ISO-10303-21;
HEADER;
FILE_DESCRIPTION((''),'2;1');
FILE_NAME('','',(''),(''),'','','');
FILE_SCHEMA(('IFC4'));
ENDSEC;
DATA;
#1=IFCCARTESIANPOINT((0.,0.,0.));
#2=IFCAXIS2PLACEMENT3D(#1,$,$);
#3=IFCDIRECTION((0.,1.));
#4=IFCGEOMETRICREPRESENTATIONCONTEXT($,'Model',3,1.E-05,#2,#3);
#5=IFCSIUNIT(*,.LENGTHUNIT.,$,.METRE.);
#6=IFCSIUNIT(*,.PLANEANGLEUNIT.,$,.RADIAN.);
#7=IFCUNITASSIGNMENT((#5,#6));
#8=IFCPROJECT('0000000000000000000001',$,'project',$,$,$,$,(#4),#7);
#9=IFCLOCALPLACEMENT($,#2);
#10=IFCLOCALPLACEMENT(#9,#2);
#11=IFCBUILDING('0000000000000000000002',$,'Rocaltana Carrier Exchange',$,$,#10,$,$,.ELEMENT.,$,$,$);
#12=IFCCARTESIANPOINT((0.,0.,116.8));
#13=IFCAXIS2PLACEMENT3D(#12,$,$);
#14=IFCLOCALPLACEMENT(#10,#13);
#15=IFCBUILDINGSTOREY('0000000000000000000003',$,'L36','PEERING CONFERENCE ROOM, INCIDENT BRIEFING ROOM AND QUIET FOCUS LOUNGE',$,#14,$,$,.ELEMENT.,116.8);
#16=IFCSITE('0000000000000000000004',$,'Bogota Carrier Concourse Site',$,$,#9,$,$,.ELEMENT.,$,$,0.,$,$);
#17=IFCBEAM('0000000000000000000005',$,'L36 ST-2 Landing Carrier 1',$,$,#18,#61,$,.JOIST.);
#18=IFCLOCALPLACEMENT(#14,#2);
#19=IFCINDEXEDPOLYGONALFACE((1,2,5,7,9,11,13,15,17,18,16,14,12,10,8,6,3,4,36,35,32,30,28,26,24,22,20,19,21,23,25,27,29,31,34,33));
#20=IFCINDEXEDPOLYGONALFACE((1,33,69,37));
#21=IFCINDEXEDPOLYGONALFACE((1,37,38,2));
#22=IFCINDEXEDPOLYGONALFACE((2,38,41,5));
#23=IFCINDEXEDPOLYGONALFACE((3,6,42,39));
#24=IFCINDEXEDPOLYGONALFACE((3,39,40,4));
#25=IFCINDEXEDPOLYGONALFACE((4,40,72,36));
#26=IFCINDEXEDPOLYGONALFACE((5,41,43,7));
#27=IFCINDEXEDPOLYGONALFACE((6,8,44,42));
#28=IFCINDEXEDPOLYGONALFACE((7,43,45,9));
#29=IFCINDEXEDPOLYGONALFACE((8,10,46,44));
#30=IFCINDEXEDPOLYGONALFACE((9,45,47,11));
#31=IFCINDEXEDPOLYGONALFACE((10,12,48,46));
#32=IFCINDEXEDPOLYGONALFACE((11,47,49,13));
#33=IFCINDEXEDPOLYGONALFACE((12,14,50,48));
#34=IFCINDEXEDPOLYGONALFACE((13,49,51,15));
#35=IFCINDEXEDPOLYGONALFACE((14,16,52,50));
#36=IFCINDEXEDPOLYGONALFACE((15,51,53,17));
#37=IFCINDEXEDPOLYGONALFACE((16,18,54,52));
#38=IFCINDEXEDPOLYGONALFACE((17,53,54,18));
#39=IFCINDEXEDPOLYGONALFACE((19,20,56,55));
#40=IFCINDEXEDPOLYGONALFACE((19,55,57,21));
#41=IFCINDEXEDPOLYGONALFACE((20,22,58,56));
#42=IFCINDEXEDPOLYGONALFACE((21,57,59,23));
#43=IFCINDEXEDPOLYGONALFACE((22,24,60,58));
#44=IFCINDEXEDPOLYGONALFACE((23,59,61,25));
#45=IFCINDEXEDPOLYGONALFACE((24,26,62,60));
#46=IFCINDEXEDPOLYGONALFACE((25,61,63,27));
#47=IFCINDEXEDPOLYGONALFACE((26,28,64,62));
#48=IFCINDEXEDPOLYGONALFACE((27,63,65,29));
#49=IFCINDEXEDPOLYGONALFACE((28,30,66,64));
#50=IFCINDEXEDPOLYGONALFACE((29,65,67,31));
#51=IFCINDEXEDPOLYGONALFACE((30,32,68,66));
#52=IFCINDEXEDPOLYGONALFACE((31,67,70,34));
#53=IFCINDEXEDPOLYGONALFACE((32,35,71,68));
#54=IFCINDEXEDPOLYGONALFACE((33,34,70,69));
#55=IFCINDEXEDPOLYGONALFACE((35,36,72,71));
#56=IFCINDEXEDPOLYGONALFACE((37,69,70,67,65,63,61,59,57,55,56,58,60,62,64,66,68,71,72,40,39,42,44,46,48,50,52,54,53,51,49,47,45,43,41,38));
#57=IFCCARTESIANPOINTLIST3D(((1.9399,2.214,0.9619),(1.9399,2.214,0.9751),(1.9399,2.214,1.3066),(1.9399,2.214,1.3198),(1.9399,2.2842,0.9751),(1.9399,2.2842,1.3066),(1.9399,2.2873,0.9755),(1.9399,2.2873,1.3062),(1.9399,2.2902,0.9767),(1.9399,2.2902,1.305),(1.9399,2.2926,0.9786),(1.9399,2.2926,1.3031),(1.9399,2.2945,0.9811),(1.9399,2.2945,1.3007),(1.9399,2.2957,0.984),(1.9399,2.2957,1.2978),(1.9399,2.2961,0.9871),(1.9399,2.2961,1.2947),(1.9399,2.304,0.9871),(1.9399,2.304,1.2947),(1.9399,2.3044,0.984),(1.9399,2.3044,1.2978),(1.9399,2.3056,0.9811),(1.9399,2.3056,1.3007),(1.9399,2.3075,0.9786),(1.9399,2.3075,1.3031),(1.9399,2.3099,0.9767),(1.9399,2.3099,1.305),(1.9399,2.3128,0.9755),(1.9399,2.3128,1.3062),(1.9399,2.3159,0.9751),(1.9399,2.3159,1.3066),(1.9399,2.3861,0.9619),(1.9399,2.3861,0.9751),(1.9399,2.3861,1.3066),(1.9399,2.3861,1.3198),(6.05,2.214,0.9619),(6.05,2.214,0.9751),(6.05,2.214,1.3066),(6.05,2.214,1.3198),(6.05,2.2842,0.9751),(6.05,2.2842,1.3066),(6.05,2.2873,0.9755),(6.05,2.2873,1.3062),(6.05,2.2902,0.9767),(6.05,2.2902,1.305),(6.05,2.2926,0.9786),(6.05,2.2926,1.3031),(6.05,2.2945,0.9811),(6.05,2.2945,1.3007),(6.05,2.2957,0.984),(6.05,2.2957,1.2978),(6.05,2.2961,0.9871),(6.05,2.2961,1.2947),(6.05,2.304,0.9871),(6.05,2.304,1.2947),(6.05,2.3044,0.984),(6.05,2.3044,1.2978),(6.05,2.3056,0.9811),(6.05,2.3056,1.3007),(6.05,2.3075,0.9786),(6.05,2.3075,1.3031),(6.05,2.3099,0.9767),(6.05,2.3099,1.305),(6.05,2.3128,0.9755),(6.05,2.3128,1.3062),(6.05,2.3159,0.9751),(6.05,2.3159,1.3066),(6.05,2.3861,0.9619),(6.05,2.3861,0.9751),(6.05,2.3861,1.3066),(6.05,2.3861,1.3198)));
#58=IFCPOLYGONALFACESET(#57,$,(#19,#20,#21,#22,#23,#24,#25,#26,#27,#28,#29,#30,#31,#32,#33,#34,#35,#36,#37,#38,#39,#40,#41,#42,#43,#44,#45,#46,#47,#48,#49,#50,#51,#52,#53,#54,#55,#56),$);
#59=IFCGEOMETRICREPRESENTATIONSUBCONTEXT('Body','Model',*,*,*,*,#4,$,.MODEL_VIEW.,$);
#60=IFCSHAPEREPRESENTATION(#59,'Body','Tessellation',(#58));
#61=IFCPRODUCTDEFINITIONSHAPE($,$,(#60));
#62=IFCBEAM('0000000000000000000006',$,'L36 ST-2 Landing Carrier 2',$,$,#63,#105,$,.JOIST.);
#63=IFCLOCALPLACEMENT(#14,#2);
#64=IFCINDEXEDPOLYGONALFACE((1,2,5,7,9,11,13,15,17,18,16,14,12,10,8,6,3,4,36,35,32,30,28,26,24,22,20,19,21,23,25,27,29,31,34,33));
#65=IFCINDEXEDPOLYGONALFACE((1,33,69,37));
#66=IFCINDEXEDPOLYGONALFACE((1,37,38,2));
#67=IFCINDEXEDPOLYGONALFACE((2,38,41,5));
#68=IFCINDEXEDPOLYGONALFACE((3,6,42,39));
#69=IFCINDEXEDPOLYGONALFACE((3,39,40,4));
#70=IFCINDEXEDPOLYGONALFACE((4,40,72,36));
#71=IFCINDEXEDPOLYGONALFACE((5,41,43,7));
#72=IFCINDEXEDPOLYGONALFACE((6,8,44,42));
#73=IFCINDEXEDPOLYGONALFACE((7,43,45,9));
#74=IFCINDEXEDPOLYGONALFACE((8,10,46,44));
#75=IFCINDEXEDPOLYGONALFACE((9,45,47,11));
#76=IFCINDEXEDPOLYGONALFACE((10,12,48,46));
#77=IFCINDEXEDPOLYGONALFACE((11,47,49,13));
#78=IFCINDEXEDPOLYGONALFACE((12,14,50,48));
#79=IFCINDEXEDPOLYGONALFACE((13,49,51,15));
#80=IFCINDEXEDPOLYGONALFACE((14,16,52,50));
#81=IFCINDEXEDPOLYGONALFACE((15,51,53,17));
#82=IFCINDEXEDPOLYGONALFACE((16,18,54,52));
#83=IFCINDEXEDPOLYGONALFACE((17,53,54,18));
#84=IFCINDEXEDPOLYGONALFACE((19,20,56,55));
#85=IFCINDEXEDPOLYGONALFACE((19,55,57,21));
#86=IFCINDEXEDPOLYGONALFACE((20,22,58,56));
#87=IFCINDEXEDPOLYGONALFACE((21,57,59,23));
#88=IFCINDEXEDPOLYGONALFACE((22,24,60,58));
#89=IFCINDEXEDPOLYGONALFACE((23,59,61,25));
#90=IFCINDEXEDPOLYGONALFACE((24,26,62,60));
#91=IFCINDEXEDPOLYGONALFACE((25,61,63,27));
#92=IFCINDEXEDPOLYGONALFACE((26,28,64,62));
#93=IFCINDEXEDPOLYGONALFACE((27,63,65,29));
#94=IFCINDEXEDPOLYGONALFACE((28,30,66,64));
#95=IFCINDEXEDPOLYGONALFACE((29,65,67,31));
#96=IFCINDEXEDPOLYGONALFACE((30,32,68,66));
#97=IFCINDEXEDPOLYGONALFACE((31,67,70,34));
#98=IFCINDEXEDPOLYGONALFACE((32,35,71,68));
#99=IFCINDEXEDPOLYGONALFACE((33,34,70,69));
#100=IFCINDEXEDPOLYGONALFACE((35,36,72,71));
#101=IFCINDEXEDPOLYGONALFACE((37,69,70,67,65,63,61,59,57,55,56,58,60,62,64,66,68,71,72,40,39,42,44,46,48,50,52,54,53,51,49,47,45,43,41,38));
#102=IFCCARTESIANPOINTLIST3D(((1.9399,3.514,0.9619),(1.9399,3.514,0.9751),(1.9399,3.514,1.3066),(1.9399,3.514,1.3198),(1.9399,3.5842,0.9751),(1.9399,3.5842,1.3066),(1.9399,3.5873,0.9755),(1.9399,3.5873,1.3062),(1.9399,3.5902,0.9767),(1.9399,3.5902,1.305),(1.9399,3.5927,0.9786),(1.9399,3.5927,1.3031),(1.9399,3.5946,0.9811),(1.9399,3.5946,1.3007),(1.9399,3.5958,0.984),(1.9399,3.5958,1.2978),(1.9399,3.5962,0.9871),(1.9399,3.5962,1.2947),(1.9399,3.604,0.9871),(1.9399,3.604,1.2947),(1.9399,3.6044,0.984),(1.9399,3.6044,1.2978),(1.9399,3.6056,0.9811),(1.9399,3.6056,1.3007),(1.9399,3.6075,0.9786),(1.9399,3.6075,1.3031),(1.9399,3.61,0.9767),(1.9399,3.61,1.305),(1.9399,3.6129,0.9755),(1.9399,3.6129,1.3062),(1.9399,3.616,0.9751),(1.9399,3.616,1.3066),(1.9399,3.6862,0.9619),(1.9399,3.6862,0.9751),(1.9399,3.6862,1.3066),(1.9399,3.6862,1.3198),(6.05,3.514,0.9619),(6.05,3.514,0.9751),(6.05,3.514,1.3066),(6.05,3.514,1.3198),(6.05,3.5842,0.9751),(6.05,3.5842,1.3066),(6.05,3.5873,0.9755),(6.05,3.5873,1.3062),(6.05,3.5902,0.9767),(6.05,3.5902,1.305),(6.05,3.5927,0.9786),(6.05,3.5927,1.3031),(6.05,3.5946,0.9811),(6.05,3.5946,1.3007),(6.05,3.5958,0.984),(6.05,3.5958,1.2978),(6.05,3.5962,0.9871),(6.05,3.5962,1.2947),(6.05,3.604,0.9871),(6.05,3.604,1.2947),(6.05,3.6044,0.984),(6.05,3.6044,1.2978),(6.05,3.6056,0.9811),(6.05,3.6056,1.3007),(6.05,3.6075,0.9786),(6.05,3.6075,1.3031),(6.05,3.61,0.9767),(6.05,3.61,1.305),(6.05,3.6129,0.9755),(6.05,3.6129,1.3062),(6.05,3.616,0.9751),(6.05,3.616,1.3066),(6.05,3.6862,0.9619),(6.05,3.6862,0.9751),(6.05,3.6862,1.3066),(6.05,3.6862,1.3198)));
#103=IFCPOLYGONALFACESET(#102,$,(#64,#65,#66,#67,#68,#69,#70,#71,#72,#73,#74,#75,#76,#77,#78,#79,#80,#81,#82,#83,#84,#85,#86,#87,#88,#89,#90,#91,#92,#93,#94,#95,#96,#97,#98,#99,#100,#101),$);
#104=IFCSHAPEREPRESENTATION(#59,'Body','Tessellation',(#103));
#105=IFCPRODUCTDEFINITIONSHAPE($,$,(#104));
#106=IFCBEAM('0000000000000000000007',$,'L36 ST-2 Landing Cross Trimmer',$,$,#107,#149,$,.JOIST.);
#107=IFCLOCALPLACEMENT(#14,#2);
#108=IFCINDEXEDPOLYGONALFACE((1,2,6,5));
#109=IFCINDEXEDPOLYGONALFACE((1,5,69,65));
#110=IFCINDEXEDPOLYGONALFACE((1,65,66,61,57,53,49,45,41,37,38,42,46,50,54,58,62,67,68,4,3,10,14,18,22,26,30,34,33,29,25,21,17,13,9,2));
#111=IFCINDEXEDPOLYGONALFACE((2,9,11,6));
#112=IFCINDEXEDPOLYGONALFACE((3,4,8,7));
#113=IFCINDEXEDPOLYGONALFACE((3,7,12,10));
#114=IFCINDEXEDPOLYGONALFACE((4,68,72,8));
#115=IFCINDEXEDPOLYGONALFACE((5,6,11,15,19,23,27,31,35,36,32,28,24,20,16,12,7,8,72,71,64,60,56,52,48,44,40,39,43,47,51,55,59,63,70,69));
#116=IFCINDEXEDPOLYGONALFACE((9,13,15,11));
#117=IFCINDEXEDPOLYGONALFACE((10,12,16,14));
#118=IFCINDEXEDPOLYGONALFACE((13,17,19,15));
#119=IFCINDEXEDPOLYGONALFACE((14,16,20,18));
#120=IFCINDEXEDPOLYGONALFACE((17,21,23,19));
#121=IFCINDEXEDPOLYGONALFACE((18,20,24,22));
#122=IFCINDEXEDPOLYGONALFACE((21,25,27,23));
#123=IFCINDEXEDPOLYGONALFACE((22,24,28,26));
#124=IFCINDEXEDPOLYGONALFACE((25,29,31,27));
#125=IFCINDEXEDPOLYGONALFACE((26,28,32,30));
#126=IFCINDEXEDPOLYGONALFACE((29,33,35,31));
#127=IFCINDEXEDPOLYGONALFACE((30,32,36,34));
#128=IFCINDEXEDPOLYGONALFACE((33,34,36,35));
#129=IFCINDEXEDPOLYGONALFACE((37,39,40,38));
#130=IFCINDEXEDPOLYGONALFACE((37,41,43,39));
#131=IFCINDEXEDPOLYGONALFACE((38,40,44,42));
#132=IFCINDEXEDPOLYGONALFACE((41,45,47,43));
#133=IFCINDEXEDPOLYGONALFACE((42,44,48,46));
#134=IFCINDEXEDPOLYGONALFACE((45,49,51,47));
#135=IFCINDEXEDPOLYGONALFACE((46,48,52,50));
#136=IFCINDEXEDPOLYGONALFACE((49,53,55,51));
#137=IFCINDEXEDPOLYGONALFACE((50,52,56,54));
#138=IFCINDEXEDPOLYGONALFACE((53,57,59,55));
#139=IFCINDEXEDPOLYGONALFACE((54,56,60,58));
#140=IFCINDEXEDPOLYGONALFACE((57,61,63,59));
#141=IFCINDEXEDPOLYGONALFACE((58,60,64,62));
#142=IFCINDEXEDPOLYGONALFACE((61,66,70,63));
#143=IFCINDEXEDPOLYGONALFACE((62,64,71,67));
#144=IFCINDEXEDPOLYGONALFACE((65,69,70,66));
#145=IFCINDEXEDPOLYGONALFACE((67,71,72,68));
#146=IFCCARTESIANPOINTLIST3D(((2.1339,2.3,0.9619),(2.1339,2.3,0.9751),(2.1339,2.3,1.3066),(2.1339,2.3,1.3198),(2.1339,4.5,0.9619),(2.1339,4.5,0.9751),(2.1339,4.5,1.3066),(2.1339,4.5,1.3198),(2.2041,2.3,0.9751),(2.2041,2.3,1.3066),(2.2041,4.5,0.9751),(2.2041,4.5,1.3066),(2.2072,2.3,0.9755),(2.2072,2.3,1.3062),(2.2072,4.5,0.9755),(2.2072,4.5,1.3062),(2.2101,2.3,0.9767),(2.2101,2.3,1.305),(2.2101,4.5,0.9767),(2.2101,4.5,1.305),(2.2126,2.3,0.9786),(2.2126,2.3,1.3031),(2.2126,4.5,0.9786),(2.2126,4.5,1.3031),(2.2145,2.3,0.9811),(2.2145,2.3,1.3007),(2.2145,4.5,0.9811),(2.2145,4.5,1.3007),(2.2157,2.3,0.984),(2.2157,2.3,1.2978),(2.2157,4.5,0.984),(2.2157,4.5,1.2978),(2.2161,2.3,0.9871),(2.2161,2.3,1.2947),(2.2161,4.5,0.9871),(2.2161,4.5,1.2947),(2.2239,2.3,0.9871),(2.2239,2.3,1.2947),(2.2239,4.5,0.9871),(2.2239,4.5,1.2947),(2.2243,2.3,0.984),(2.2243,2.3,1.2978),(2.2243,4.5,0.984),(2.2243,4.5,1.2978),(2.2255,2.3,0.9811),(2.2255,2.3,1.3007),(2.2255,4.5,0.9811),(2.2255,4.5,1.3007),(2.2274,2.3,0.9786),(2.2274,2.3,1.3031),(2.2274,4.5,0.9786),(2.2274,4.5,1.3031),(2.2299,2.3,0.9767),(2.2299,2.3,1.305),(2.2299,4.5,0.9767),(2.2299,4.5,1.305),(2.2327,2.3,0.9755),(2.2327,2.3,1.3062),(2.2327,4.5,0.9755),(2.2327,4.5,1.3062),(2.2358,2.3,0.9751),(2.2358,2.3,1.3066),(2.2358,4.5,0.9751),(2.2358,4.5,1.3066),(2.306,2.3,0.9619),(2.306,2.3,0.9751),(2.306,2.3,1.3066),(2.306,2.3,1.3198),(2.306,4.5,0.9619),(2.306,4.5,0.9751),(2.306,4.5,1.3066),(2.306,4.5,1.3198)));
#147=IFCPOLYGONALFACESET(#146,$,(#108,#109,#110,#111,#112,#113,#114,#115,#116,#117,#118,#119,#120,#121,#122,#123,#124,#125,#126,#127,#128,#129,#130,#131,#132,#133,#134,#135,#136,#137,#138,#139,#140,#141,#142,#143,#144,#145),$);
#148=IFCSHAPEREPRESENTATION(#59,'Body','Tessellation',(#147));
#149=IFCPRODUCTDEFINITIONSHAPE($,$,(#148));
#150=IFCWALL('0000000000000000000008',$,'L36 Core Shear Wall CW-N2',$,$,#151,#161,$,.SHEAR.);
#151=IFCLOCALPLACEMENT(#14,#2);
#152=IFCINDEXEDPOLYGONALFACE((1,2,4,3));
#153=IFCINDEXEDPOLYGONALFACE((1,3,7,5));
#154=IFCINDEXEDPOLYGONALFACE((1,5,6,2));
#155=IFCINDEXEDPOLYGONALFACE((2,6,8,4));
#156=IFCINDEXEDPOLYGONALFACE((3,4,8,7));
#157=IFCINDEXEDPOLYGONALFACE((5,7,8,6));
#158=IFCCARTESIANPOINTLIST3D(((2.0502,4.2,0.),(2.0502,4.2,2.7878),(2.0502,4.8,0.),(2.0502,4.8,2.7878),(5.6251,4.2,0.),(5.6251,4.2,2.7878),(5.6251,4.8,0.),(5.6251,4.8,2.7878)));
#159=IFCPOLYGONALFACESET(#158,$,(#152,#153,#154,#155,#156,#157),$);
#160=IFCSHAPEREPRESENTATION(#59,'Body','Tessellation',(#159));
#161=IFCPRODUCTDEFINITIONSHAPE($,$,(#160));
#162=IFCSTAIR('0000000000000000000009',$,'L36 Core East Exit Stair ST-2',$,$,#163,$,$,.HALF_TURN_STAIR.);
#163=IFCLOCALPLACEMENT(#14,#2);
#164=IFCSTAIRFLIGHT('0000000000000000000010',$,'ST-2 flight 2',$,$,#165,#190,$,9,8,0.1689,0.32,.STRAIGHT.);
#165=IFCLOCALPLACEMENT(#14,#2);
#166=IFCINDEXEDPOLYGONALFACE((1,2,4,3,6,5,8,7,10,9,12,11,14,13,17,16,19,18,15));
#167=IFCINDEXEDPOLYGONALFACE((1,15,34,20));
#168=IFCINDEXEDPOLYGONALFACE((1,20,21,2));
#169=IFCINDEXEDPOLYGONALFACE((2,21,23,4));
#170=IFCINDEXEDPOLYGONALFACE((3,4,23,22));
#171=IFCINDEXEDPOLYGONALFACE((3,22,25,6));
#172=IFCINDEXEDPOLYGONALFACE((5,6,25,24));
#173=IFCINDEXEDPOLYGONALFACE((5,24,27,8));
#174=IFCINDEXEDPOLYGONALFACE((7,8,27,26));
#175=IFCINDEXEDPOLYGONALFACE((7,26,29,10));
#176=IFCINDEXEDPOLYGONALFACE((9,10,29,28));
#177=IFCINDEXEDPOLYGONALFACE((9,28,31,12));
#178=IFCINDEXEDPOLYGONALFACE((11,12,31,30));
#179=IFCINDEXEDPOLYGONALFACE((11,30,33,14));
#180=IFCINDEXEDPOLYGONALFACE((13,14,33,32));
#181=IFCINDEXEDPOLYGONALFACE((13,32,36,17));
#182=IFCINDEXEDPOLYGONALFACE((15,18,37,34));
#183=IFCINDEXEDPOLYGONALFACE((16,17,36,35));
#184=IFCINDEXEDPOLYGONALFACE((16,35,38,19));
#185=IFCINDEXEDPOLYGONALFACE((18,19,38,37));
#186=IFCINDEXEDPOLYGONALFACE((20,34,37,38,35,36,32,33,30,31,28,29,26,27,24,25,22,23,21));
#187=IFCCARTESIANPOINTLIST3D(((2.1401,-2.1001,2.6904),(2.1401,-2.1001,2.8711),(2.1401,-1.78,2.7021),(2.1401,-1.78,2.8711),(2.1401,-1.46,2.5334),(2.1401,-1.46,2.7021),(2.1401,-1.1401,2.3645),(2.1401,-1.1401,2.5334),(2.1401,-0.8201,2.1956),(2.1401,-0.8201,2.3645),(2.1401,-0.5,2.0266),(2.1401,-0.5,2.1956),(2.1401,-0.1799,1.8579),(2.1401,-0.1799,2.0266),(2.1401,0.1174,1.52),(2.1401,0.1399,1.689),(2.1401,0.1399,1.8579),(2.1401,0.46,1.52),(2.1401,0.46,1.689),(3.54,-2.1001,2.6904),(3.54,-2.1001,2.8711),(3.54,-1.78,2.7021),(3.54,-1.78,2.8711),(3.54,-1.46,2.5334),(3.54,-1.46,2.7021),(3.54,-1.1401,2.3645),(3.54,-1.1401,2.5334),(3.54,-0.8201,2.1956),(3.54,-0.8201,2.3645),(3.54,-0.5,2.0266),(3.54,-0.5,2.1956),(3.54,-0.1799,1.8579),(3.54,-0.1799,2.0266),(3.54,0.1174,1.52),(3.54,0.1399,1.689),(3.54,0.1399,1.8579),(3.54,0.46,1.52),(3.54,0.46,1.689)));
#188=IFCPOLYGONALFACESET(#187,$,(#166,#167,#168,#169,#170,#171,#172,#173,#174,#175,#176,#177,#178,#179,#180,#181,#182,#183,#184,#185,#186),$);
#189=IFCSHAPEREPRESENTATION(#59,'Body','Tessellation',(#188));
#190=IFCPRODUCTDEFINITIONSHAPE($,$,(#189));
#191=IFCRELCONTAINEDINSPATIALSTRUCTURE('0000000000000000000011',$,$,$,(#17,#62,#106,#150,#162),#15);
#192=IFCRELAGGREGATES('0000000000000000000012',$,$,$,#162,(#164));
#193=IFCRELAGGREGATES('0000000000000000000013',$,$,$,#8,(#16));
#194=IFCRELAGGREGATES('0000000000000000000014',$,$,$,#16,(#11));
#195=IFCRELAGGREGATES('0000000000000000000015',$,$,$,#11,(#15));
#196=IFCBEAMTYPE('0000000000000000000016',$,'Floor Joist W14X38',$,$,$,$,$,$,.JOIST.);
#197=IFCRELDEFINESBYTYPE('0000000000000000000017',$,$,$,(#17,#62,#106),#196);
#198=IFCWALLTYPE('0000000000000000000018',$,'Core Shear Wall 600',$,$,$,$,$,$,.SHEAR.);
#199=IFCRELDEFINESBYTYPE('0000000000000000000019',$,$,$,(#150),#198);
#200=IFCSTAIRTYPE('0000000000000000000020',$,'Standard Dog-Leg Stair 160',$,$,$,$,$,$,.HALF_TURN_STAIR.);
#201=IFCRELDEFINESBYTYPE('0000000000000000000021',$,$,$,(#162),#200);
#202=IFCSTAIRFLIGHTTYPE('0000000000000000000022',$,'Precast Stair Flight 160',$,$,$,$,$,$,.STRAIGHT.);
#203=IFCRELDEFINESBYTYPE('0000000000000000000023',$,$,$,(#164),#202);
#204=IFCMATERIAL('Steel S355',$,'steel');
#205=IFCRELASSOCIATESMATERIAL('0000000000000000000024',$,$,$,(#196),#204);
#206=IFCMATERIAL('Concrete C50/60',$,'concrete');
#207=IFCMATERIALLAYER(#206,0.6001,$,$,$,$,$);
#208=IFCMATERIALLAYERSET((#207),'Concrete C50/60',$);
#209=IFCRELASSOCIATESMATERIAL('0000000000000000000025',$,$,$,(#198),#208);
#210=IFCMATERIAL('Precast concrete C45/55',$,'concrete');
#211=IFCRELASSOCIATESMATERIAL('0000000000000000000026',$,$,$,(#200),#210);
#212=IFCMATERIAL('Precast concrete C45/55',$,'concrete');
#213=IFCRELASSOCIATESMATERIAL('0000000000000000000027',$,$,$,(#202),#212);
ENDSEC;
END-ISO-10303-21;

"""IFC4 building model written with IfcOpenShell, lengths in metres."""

from ifc_helpers import new_model, si_unit, direction, frame, frame_2d, origin, origin_2d, place, context, subcontext, project, spatial, polyline, rectangle, i_section, outline, extrude, material, layer, layer_set, material_profile, profile_set, type_object, element, aggregate, save


model = new_model("IFC4")

# Units and contexts
model_context = context("Model", 3, precision=1e-05, world=origin(), true_north=direction((0.0, 1.0)))
body_context = subcontext(model_context, "Body", "Model", "MODEL_VIEW")
ifc_project = project(units=[si_unit("LENGTHUNIT", "METRE"), si_unit("PLANEANGLEUNIT", "RADIAN")], contexts=[model_context])

# Site, building, storey
site_placement = place(None, origin())
site = spatial("IfcSite", under=ifc_project, at=site_placement, Name="Bogota Carrier Concourse Site", CompositionType="ELEMENT", RefElevation=0.0)
building_placement = place(site_placement, origin())
building = spatial("IfcBuilding", under=site, at=building_placement, Name="Rocaltana Carrier Exchange", CompositionType="ELEMENT")
storey_placement = place(building_placement, frame((0.0, 0.0, 116.8)))
storey = spatial("IfcBuildingStorey", under=building, at=storey_placement, Name="L36", Description="PEERING CONFERENCE ROOM, INCIDENT BRIEFING ROOM AND QUIET FOCUS LOUNGE", CompositionType="ELEMENT", Elevation=116.8)

# Beams
ifc_material_1 = material(Name="Steel S355", Category="steel")
ifc_material_profile = material_profile(ifc_material_1, i_section(OverallWidth=0.1721, OverallDepth=0.3579, WebThickness=0.0078, FlangeThickness=0.0132, FilletRadius=0.012, at=origin_2d()), Name="W14X38")
ifc_profile_set = profile_set([ifc_material_profile], Name="Steel S355")
beam_type = type_object("IfcBeamType", Name="Floor Joist W14X38", PredefinedType="JOIST", material=ifc_profile_set)
for number, where, z_axis, x_axis, name in (
    (1, (1.9399, 2.3, 1.1409), (1.0, 0.0, 0.0), (0.0, 1.0, 0.0), "L36 ST-2 Landing Carrier 1"),
    (2, (1.9399, 3.6001, 1.1409), (1.0, 0.0, 0.0), (0.0, 1.0, 0.0), "L36 ST-2 Landing Carrier 2"),
):
    element("IfcBeam", number, at=place(storey_placement, frame(where, z_axis=z_axis, x_axis=x_axis)), inside=storey, type_object=beam_type, Name=name, PredefinedType="JOIST", context=body_context, shape_type="SweptSolid", body=[
        extrude(i_section(OverallWidth=0.1721, OverallDepth=0.3579, WebThickness=0.0078, FlangeThickness=0.0132, FilletRadius=0.012, at=origin_2d()), origin(), (0.0, 0.0, 1.0), 4.1101),
    ])
beam_placement = place(storey_placement, frame((2.22, 2.3, 1.1409), z_axis=(0.0, 1.0, 0.0), x_axis=(-1.0, 0.0, 0.0)))
element("IfcBeam", 3, at=beam_placement, inside=storey, type_object=beam_type, Name="L36 ST-2 Landing Cross Trimmer", PredefinedType="JOIST", context=body_context, shape_type="SweptSolid", body=[
    extrude(i_section(OverallWidth=0.1721, OverallDepth=0.3579, WebThickness=0.0078, FlangeThickness=0.0132, FilletRadius=0.012, at=origin_2d()), origin(), (0.0, 0.0, 1.0), 2.2),
])

# Wall
ifc_material_2 = material(Name="Concrete C50/60", Category="concrete")
ifc_layer_1 = layer(ifc_material_2, 0.6001)
ifc_layer_set_1 = layer_set([ifc_layer_1], Name="Concrete C50/60")
wall_type = type_object("IfcWallType", Name="Core Shear Wall 600", PredefinedType="SHEAR", material=ifc_layer_set_1)
wall_placement = place(storey_placement, frame((2.05, 4.5, 0.0), z_axis=(0.0, 0.0, 1.0), x_axis=(1.0, 0.0, 0.0)))
element("IfcWall", 4, at=wall_placement, inside=storey, type_object=wall_type, Name="L36 Core Shear Wall CW-N2", PredefinedType="SHEAR", context=body_context, shape_type="SweptSolid", body=[
    extrude(rectangle(XDim=3.575, YDim=0.6001, at=frame_2d((1.7876, 0.0))), origin(), (0.0, 0.0, 1.0), 2.7878),
])

# Stair, stair flight
ifc_material_3 = material(Name="Precast concrete C45/55", Category="concrete")
stair_type = type_object("IfcStairType", Name="Standard Dog-Leg Stair 160", PredefinedType="HALF_TURN_STAIR", material=ifc_material_3)
stair_placement = place(storey_placement, origin())
stair = element("IfcStair", 5, at=stair_placement, inside=storey, type_object=stair_type, Name="L36 Core East Exit Stair ST-2", PredefinedType="HALF_TURN_STAIR")
ifc_material_4 = material(Name="Precast concrete C45/55", Category="concrete")
stair_flight_type = type_object("IfcStairFlightType", Name="Precast Stair Flight 160", PredefinedType="STRAIGHT", material=ifc_material_4)
stair_flight_placement = place(storey_placement, frame((2.8401, 0.46, 1.52), z_axis=(0.0, 0.0, 1.0), x_axis=(0.0, -1.0, 0.0)))
stair_flight = element("IfcStairFlight", 6, at=stair_flight_placement, type_object=stair_flight_type, Name="ST-2 flight 2", NumberOfRisers=9, NumberOfTreads=8, PredefinedType="STRAIGHT", RiserHeight=0.1689, TreadLength=0.32, context=body_context, shape_type="SweptSolid", body=[
    extrude(outline(polyline([(0.0, 0.0), (0.0, 0.1689), (0.3201, 0.1689), (0.3201, 0.3379), (0.6399, 0.3379), (0.6399, 0.5066), (0.96, 0.5066), (0.96, 0.6755), (1.28, 0.6755), (1.28, 0.8445), (1.6001, 0.8445), (1.6001, 1.0134), (1.9199, 1.0134), (1.9199, 1.1821), (2.24, 1.1821), (2.24, 1.3511), (2.5601, 1.3511), (2.5601, 1.52), (2.5601, 1.1704), (0.3425, 0.0), (0.0, 0.0)])), frame((0.0, 0.7, 0.0), z_axis=(0.0, -1.0, 0.0), x_axis=(1.0, 0.0, 0.0)), (0.0, 0.0, 1.0), 1.3999),
])
aggregate(stair, [stair_flight])

save(model, "model.ifc")
